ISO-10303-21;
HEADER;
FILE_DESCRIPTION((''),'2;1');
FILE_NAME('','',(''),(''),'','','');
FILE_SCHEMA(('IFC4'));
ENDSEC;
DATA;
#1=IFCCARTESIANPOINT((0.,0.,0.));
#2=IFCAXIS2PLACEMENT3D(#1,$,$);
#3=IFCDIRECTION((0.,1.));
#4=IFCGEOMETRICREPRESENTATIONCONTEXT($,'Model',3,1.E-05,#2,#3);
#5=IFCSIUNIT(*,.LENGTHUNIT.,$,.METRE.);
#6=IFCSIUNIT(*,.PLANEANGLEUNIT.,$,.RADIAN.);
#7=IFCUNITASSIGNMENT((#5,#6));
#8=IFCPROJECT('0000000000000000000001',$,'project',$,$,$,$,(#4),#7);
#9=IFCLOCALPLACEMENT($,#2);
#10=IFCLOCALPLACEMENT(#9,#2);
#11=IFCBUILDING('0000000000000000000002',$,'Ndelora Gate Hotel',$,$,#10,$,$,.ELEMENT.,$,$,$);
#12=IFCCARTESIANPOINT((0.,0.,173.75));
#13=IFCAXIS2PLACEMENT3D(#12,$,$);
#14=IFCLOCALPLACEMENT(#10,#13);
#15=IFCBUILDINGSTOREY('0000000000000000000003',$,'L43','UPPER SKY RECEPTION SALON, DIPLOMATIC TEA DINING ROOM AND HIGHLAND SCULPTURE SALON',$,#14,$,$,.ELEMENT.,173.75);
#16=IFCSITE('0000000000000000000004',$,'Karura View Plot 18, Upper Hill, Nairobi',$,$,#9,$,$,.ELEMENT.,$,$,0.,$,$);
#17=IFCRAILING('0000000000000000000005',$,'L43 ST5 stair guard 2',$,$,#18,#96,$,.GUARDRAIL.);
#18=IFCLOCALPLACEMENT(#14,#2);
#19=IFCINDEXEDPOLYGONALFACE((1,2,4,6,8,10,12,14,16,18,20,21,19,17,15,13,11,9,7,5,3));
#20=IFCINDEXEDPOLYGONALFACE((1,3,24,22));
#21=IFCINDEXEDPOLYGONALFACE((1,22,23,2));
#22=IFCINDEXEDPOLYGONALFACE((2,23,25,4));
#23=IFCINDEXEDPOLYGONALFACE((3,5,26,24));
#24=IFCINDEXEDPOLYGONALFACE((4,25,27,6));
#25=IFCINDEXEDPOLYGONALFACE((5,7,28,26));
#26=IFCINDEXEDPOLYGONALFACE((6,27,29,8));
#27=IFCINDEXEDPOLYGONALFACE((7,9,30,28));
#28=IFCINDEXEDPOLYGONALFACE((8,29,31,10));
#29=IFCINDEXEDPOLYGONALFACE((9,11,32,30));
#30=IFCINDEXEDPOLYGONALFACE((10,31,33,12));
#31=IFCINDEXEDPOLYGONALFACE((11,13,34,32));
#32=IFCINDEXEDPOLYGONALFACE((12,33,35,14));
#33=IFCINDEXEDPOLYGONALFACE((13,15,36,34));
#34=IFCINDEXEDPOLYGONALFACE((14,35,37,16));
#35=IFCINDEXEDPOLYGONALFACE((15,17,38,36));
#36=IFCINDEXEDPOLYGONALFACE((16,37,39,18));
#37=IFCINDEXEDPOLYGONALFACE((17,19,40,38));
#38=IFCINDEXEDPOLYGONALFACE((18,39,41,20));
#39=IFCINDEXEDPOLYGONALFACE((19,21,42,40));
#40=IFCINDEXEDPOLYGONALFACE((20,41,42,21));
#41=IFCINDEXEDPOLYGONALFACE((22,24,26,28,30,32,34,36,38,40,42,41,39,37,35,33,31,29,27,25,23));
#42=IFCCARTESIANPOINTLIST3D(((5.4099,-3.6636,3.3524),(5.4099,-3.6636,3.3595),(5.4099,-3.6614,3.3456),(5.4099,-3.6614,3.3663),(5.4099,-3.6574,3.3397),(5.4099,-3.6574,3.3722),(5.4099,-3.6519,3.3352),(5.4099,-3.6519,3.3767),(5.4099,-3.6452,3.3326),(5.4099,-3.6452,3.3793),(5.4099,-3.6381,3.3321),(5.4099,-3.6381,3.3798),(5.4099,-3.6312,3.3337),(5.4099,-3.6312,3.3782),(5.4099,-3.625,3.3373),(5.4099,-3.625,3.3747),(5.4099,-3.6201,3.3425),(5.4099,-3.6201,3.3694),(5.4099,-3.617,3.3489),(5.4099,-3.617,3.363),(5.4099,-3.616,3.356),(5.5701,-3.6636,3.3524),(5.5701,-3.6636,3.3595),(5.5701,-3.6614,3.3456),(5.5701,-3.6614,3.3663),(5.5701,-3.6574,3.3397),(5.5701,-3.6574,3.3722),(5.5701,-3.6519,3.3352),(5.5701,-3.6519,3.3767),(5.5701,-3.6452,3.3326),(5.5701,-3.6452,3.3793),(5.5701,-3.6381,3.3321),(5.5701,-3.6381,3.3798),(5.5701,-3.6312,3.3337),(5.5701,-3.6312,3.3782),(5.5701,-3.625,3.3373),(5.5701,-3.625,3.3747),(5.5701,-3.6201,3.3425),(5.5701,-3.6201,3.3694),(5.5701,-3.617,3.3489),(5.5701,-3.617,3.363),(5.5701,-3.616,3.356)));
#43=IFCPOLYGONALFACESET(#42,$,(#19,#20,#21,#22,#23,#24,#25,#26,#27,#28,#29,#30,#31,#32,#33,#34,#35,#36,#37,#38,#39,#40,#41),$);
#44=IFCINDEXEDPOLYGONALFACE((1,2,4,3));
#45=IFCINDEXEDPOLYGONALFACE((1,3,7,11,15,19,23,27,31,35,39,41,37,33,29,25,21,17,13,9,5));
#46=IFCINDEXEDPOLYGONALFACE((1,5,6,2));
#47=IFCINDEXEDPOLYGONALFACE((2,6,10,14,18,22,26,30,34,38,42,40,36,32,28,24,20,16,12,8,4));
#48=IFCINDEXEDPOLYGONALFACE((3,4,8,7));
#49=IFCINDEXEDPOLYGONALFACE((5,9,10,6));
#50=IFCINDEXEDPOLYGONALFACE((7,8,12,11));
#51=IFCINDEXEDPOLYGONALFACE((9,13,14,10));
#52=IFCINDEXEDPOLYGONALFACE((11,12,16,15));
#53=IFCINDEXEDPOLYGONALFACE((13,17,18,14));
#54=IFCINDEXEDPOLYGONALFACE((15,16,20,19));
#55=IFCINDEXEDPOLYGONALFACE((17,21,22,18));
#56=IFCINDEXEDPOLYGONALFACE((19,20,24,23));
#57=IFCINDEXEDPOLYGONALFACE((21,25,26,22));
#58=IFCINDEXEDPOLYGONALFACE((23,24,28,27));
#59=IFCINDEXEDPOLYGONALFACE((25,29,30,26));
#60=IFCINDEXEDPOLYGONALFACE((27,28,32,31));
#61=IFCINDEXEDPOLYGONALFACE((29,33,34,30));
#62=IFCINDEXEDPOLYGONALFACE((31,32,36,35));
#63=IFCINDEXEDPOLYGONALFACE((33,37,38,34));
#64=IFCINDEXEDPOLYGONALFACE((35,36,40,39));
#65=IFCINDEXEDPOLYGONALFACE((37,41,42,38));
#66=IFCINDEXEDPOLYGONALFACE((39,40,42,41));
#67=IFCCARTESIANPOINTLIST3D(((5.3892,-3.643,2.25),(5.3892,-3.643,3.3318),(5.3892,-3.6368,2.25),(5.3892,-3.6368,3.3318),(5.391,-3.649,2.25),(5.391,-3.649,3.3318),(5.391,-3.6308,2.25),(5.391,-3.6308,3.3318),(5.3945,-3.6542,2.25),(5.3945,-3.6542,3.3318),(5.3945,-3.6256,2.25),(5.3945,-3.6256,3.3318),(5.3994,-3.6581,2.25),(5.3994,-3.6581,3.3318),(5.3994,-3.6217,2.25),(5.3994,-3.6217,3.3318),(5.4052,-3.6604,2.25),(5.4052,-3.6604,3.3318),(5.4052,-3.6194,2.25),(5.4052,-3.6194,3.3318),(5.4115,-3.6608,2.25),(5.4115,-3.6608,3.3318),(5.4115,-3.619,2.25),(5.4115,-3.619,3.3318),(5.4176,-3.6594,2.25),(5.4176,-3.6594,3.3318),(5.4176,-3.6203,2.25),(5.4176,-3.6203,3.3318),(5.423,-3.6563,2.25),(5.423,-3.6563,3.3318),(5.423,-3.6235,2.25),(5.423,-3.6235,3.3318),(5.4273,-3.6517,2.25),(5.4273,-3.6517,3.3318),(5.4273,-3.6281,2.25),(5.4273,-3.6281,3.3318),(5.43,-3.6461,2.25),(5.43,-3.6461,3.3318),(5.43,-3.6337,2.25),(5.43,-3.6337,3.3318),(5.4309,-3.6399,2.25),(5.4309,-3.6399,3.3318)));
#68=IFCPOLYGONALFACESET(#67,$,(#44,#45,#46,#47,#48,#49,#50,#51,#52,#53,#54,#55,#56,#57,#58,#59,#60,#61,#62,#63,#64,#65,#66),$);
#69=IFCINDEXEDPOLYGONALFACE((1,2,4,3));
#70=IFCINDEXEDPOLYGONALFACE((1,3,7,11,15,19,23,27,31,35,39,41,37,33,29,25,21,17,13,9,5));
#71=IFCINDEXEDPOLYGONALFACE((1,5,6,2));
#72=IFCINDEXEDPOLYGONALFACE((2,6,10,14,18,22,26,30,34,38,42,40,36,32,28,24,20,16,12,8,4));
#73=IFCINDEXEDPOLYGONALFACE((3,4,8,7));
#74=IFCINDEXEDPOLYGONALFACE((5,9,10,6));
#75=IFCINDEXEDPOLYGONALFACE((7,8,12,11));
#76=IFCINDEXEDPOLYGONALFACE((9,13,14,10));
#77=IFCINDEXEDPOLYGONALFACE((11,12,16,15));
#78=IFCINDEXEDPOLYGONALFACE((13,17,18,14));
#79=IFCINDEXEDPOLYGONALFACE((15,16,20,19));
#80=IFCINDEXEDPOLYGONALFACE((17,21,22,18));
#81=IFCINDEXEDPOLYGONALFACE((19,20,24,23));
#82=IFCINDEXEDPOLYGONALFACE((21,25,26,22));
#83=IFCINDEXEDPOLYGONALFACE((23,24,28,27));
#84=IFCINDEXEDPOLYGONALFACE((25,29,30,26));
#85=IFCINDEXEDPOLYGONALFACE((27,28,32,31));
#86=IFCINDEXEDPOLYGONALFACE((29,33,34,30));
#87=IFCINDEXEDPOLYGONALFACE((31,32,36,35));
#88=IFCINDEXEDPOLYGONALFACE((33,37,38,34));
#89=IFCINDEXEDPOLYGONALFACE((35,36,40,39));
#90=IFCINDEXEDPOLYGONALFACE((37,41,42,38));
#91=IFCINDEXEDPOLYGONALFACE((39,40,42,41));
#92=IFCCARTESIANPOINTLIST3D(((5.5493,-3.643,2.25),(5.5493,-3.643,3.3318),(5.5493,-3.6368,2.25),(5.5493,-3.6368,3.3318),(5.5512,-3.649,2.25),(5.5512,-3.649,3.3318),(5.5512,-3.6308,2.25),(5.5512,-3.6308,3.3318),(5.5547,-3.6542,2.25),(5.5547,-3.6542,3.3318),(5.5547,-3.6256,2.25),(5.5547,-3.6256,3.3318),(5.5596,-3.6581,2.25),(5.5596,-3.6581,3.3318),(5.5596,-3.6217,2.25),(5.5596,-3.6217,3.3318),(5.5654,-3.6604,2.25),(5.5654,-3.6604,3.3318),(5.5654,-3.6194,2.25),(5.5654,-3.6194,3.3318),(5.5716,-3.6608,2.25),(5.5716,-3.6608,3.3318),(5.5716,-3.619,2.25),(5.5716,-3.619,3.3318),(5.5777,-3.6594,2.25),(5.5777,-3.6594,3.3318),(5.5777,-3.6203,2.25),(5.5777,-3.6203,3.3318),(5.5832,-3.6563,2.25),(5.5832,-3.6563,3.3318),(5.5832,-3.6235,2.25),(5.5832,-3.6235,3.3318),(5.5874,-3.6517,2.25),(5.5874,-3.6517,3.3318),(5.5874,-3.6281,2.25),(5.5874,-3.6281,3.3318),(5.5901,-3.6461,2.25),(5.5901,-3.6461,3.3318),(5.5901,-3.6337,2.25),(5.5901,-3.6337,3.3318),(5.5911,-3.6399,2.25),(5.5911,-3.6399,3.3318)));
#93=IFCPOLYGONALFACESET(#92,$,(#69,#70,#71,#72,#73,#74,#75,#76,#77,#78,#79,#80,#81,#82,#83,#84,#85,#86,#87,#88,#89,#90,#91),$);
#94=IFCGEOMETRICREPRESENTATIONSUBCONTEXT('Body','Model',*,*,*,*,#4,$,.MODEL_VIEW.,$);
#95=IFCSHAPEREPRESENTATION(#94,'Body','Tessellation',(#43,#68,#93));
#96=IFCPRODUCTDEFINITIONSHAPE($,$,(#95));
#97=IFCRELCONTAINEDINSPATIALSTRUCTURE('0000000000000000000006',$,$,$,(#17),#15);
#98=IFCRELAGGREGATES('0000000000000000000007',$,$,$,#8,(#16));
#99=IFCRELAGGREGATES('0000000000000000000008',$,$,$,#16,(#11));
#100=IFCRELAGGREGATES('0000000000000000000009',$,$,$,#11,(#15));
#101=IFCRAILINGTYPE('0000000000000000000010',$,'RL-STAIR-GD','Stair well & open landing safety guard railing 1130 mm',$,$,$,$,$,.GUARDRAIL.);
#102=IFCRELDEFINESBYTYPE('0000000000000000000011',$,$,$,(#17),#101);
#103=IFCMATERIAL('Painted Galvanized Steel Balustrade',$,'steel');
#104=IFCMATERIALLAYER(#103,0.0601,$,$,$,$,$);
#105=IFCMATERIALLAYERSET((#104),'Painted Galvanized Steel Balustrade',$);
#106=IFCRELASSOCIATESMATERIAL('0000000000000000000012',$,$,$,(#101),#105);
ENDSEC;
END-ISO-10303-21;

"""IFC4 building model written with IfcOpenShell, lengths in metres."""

from ifc_helpers import new_model, si_unit, direction, frame, origin, origin_2d, place, context, subcontext, project, spatial, circle, extrude, material, layer, layer_set, type_object, element, save


model = new_model("IFC4")

# Units and contexts
model_context = context("Model", 3, precision=1e-05, world=origin(), true_north=direction((0.0, 1.0)))
body_context = subcontext(model_context, "Body", "Model", "MODEL_VIEW")
ifc_project = project(units=[si_unit("LENGTHUNIT", "METRE"), si_unit("PLANEANGLEUNIT", "RADIAN")], contexts=[model_context])

# Site, building, storey
site_placement = place(None, origin())
site = spatial("IfcSite", under=ifc_project, at=site_placement, Name="Karura View Plot 18, Upper Hill, Nairobi", CompositionType="ELEMENT", RefElevation=0.0)
building_placement = place(site_placement, origin())
building = spatial("IfcBuilding", under=site, at=building_placement, Name="Ndelora Gate Hotel", CompositionType="ELEMENT")
storey_placement = place(building_placement, frame((0.0, 0.0, 173.75)))
storey = spatial("IfcBuildingStorey", under=building, at=storey_placement, Name="L43", Description="UPPER SKY RECEPTION SALON, DIPLOMATIC TEA DINING ROOM AND HIGHLAND SCULPTURE SALON", CompositionType="ELEMENT", Elevation=173.75)

# Railing
ifc_material_1 = material(Name="Painted Galvanized Steel Balustrade", Category="steel")
ifc_layer_1 = layer(ifc_material_1, 0.0601)
ifc_layer_set_1 = layer_set([ifc_layer_1], Name="Painted Galvanized Steel Balustrade")
railing_type_1 = type_object("IfcRailingType", Name="RL-STAIR-GD", Description="Stair well & open landing safety guard railing 1130 mm", PredefinedType="GUARDRAIL", material=ifc_layer_set_1)
railing_1_placement = place(storey_placement, frame((5.4099, -3.6399, 2.25)))
element("IfcRailing", 1, at=railing_1_placement, inside=storey, type_object=railing_type_1, Name="L43 ST5 stair guard 2", PredefinedType="GUARDRAIL", context=body_context, shape_type="SweptSolid", body=[
    extrude(circle(Radius=0.0239, at=origin_2d()), frame((0.0, 0.0, 1.106), z_axis=(1.0, 0.0, 0.0), x_axis=(0.0, 1.0, 0.0)), (0.0, 0.0, 1.0), 0.1602),
    extrude(circle(Radius=0.021, at=origin_2d()), origin(), (0.0, 0.0, 1.0), 1.0818),
    extrude(circle(Radius=0.021, at=origin_2d()), frame((0.1602, 0.0, 0.0)), (0.0, 0.0, 1.0), 1.0818),
])

save(model, "model.ifc")
